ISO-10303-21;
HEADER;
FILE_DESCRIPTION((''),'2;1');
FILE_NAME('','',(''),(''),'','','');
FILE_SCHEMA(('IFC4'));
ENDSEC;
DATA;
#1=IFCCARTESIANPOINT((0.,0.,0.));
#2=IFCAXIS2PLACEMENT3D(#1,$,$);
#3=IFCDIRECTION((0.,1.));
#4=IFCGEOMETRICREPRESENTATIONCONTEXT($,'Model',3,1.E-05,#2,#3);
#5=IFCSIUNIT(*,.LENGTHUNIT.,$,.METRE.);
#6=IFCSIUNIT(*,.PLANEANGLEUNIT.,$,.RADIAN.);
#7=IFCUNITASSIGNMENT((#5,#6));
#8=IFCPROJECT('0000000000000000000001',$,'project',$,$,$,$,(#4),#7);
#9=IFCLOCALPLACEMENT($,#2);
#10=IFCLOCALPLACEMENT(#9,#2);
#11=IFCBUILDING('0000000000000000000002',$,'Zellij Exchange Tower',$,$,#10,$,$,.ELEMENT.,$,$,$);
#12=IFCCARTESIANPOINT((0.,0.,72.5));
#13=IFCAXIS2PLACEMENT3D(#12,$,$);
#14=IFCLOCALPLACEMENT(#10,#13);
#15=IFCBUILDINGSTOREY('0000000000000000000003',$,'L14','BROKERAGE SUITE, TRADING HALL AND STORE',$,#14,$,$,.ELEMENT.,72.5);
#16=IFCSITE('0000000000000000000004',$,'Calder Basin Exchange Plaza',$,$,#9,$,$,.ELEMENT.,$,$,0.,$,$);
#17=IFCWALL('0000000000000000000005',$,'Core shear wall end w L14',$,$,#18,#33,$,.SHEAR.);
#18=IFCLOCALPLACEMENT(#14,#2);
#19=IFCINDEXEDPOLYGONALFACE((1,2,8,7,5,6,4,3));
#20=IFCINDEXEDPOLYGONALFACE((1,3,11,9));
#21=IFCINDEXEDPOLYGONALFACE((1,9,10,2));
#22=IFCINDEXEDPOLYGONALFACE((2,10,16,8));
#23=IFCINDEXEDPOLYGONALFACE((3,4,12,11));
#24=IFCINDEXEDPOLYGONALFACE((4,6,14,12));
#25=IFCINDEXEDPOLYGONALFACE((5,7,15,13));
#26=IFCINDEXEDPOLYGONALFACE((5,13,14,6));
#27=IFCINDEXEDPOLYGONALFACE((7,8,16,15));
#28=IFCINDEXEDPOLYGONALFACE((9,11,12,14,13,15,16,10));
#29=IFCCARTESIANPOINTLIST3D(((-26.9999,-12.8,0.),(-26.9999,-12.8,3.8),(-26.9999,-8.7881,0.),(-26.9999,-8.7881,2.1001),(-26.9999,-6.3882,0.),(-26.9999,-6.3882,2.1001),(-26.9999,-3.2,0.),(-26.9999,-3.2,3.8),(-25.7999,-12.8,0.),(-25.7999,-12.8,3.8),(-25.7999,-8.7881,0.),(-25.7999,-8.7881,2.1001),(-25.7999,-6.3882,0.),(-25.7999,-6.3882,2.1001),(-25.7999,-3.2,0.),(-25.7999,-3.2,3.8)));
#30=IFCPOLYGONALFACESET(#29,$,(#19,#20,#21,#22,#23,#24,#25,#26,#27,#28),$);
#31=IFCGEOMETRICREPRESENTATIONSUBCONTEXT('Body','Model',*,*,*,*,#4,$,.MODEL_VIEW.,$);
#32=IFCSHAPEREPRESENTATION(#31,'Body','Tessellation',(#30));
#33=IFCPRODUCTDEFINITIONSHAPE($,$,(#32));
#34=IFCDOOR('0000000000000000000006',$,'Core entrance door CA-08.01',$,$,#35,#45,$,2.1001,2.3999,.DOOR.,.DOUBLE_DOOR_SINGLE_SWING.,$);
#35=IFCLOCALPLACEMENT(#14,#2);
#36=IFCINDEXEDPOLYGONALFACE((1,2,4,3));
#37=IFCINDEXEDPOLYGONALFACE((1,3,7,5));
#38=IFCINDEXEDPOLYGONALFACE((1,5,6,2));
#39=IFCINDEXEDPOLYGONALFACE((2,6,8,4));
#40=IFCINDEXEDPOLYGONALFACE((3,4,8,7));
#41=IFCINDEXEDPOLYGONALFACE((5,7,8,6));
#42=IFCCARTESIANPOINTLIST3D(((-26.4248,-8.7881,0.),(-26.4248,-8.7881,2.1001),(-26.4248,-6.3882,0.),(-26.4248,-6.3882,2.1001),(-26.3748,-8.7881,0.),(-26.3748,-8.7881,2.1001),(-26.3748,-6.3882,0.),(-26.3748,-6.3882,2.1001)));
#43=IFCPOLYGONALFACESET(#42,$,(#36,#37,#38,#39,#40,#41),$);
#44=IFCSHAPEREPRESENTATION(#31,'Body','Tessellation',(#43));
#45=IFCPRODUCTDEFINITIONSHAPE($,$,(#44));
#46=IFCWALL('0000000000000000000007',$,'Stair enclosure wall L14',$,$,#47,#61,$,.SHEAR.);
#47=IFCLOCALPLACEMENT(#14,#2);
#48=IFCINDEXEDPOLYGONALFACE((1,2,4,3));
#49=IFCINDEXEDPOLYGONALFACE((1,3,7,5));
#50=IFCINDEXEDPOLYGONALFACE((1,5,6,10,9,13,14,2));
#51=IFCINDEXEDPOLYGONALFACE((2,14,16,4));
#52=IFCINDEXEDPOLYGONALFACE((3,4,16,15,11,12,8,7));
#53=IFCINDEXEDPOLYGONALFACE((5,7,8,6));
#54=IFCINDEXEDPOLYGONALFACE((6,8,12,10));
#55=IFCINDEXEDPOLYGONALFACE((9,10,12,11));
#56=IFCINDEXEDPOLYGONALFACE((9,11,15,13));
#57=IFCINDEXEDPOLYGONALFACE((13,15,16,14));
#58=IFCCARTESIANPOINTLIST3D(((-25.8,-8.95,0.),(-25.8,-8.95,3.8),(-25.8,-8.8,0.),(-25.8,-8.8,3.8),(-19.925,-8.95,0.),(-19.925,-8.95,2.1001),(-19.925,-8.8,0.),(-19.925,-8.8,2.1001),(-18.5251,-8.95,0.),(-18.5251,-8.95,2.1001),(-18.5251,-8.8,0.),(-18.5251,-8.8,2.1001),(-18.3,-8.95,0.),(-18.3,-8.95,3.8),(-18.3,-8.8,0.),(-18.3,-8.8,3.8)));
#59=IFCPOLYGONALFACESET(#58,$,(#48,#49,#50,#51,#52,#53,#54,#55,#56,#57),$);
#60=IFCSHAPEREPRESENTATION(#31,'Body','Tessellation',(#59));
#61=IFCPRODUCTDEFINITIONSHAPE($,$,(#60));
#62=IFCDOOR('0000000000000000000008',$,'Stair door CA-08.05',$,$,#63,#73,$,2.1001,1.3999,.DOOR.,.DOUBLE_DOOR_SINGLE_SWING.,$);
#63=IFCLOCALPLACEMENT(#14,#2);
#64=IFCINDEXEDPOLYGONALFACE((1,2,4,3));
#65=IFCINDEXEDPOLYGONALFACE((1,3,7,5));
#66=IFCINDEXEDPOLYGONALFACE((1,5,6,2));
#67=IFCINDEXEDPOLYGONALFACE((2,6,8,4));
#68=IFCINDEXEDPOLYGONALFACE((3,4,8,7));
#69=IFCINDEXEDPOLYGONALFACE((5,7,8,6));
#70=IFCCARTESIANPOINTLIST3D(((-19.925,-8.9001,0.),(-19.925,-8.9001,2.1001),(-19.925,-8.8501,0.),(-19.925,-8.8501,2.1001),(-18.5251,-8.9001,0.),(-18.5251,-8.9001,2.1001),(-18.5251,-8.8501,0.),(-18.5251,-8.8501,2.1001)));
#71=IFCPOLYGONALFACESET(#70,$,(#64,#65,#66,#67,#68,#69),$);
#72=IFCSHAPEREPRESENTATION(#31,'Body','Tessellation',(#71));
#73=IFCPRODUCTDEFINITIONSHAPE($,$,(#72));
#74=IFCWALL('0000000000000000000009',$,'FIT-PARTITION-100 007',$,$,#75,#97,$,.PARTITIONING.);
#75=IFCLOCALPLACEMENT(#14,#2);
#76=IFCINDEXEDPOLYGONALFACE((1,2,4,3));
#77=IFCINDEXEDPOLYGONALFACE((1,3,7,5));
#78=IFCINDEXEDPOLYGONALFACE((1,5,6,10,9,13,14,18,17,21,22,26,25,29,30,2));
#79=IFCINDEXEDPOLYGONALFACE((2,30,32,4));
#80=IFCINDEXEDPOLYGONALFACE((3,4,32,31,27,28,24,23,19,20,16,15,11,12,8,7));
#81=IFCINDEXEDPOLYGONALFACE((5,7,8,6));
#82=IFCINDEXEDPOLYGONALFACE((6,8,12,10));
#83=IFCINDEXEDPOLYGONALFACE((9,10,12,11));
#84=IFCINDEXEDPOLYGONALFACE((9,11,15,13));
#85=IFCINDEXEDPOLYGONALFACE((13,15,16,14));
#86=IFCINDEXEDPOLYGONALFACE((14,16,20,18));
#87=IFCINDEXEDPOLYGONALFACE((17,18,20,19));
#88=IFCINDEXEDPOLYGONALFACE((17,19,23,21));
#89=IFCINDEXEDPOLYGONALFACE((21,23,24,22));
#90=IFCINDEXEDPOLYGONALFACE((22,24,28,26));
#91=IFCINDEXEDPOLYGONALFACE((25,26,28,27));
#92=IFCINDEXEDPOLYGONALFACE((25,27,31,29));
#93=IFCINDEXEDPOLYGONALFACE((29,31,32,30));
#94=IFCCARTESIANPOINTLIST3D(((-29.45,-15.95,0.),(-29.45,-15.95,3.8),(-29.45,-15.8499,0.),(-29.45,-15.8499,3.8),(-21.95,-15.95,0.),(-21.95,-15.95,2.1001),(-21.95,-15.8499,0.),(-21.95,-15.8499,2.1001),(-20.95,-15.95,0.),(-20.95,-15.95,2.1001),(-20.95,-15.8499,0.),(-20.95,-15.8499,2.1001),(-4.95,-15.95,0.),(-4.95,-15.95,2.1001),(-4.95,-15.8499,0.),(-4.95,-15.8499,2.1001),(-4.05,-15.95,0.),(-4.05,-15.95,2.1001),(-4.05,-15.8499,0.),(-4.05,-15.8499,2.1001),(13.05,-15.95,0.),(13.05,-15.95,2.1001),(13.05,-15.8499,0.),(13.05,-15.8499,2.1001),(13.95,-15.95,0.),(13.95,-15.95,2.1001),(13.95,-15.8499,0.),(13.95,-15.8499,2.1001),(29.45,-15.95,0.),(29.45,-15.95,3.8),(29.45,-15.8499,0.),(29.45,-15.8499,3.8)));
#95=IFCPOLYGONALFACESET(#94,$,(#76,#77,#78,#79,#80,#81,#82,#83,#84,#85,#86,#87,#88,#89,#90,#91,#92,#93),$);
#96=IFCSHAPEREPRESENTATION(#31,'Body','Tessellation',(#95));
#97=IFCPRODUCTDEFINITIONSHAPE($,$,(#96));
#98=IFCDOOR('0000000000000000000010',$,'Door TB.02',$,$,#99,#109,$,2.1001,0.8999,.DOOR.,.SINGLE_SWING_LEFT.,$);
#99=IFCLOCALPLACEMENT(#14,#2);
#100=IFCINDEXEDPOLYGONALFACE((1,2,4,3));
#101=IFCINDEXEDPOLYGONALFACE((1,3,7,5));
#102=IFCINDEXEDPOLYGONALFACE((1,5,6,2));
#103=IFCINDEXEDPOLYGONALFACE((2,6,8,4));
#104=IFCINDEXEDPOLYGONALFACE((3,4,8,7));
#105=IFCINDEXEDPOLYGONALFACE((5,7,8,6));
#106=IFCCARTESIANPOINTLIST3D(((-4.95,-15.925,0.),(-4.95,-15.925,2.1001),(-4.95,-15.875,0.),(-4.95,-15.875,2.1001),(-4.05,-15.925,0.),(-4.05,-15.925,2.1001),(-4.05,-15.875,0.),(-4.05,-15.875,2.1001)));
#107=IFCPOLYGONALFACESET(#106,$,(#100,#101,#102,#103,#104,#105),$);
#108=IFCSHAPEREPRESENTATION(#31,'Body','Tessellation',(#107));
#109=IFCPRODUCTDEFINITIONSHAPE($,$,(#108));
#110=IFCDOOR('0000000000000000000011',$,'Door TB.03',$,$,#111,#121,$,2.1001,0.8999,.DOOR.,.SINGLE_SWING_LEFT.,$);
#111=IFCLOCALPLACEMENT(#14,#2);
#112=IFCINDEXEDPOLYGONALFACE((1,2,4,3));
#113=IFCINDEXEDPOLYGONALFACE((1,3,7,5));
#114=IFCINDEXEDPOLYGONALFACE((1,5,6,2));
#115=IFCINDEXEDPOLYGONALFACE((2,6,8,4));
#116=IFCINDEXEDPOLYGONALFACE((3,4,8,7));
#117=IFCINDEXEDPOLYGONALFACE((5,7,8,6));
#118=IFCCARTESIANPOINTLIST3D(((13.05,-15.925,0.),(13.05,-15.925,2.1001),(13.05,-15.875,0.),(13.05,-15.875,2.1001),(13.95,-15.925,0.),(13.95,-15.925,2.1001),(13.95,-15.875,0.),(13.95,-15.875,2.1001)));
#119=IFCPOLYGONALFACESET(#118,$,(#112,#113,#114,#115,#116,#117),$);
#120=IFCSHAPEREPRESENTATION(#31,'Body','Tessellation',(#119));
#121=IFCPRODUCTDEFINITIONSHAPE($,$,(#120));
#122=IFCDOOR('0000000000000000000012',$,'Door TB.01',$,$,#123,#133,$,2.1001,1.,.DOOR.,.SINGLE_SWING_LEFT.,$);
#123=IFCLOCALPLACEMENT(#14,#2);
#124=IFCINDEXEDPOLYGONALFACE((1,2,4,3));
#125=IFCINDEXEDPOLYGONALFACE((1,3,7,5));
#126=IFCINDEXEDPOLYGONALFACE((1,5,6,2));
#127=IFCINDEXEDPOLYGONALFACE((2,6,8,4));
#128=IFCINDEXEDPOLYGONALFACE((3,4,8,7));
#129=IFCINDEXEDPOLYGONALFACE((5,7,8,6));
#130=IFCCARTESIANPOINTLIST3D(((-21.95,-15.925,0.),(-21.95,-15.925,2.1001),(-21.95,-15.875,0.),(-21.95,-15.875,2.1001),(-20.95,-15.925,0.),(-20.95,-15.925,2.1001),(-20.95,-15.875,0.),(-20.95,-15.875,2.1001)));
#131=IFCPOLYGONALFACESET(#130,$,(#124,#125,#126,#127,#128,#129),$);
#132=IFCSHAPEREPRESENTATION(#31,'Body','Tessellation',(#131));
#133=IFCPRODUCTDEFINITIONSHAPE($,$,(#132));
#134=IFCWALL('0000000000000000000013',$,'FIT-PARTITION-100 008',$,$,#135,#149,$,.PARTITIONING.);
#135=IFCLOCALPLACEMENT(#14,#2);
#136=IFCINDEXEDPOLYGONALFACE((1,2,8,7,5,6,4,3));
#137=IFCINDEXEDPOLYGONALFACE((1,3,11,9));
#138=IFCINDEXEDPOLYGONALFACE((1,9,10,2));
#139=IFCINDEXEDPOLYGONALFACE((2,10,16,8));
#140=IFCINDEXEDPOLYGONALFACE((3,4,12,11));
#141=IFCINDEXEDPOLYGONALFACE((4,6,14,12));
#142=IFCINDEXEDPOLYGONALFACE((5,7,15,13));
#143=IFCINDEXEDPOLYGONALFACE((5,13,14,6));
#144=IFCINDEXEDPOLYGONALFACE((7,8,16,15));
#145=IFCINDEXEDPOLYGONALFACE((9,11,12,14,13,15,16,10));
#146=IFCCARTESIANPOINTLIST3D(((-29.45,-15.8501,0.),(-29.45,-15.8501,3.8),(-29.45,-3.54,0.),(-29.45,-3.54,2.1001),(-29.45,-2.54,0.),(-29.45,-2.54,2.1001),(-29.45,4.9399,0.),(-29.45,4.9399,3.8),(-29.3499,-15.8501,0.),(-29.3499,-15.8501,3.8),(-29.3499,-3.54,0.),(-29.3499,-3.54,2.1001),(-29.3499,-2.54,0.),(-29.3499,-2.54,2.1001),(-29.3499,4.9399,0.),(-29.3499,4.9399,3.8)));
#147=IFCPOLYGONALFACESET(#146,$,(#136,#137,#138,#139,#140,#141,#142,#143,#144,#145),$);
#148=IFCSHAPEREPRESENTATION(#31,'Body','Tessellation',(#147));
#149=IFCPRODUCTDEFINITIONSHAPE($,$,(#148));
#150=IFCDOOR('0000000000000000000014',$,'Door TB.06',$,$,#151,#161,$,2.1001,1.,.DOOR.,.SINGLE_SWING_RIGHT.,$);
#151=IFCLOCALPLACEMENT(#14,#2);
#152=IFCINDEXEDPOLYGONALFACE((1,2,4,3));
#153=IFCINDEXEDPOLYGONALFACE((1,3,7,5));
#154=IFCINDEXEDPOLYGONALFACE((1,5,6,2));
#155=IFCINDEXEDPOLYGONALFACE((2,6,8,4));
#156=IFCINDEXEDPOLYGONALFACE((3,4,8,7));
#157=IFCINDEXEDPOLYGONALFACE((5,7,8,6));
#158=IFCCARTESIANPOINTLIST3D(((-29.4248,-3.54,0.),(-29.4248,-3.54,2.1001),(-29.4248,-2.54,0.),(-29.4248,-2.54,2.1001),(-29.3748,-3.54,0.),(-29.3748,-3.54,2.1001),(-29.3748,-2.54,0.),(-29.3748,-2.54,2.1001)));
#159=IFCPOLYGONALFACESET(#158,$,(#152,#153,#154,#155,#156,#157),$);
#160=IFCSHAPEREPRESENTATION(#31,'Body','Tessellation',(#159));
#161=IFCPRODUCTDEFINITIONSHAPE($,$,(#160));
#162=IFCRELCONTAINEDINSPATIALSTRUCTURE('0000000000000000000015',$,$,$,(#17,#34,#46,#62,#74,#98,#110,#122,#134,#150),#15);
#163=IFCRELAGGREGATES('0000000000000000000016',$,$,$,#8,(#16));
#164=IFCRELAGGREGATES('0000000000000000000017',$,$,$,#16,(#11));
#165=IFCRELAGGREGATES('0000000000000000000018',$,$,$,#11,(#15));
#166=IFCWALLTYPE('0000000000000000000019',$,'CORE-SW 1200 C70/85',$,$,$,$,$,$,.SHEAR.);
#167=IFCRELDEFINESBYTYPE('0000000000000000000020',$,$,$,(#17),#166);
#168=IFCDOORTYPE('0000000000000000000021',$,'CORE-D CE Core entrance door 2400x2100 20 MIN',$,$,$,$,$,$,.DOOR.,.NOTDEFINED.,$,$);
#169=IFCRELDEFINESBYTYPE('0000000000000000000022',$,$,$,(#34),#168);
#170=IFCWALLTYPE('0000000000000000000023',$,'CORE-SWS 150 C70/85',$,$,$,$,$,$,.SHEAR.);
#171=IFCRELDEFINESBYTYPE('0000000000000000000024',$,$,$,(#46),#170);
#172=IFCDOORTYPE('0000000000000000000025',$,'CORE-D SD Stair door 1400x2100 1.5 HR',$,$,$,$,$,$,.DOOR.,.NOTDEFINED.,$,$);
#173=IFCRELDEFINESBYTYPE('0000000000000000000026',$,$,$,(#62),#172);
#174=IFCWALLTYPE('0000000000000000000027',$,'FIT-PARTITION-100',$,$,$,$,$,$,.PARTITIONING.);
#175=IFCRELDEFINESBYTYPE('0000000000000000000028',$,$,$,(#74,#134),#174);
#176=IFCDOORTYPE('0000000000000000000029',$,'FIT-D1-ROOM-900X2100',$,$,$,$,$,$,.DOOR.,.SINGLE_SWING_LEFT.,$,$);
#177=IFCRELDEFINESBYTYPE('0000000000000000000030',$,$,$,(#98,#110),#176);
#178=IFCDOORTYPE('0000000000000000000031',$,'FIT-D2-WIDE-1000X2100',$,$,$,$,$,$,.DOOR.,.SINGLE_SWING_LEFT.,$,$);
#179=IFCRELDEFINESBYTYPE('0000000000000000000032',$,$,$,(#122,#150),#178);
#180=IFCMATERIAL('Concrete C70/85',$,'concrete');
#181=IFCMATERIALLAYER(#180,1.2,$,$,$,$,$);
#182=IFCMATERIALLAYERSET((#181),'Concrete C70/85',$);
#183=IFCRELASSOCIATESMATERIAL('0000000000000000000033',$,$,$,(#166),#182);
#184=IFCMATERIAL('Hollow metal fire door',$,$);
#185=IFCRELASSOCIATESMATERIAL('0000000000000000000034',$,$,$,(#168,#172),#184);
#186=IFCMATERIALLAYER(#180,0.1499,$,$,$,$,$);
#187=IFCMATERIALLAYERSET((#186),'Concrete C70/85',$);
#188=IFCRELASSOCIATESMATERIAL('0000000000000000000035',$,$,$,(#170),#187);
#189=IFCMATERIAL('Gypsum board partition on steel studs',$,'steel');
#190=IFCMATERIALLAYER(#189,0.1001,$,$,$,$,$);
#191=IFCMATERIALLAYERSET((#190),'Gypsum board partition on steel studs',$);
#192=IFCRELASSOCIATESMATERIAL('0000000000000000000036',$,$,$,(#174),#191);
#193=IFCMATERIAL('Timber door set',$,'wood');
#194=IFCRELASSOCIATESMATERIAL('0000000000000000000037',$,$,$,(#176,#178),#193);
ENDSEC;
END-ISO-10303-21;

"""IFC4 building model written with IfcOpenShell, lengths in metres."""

from ifc_helpers import new_model, si_unit, direction, frame, frame_2d, origin, place, context, subcontext, project, spatial, rectangle, extrude, material, layer, layer_set, type_object, element, fill, save


model = new_model("IFC4")

# Units and contexts
model_context = context("Model", 3, precision=1e-05, world=origin(), true_north=direction((0.0, 1.0)))
body_context = subcontext(model_context, "Body", "Model", "MODEL_VIEW")
ifc_project = project(units=[si_unit("LENGTHUNIT", "METRE"), si_unit("PLANEANGLEUNIT", "RADIAN")], contexts=[model_context])

# Site, building, storey
site_placement = place(None, origin())
site = spatial("IfcSite", under=ifc_project, at=site_placement, Name="Calder Basin Exchange Plaza", CompositionType="ELEMENT", RefElevation=0.0)
building_placement = place(site_placement, origin())
building = spatial("IfcBuilding", under=site, at=building_placement, Name="Zellij Exchange Tower", CompositionType="ELEMENT")
storey_placement = place(building_placement, frame((0.0, 0.0, 72.5)))
storey = spatial("IfcBuildingStorey", under=building, at=storey_placement, Name="L14", Description="BROKERAGE SUITE, TRADING HALL AND STORE", CompositionType="ELEMENT", Elevation=72.5)

# Shared definitions
ifc_material_1 = material(Name="Concrete C70/85", Category="concrete")

# Shared definitions
ifc_layer_1 = layer(ifc_material_1, 1.2)
ifc_layer_set_1 = layer_set([ifc_layer_1], Name="Concrete C70/85")
wall_type_1 = type_object("IfcWallType", Name="CORE-SW 1200 C70/85", PredefinedType="SHEAR", material=ifc_layer_set_1)
ifc_material_2 = material(Name="Hollow metal fire door")

# Walls, openings, doors
wall_1_placement = place(storey_placement, frame((-26.3999, -12.8, 0.0), z_axis=(0.0, 0.0, 1.0), x_axis=(0.0, 1.0, 0.0)))
wall_1 = element("IfcWall", 1, at=wall_1_placement, inside=storey, type_object=wall_type_1, Name="Core shear wall end w L14", PredefinedType="SHEAR", context=body_context, shape_type="SweptSolid", body=[
    extrude(rectangle(XDim=9.6001, YDim=1.2, at=frame_2d((4.8, 0.0))), origin(), (0.0, 0.0, 1.0), 3.8),
])
opening_1_placement = place(wall_1_placement, frame((4.012, 0.0, 0.0)))
opening_1 = element("IfcOpeningElement", 2, at=opening_1_placement, cuts=wall_1, PredefinedType="OPENING", context=body_context, shape_type="SweptSolid", body=[
    extrude(rectangle(XDim=2.3999, YDim=2.1001, at=frame_2d((1.2, 1.05))), frame((0.0, 0.6118, 0.0), z_axis=(0.0, -1.0, 0.0), x_axis=(1.0, 0.0, 0.0)), (0.0, 0.0, 1.0), 1.2239),
])
door_type_1 = type_object("IfcDoorType", Name="CORE-D CE Core entrance door 2400x2100 20 MIN", OperationType="NOTDEFINED", PredefinedType="DOOR", material=ifc_material_2)
door_1_placement = place(opening_1_placement, origin())
door_1 = element("IfcDoor", 3, at=door_1_placement, inside=storey, type_object=door_type_1, Name="Core entrance door CA-08.01", OperationType="DOUBLE_DOOR_SINGLE_SWING", OverallHeight=2.1001, OverallWidth=2.3999, PredefinedType="DOOR", context=body_context, shape_type="SweptSolid", body=[
    extrude(rectangle(XDim=2.3999, YDim=2.1001, at=frame_2d((1.2, 1.05))), frame((0.0, 0.0249, 0.0), z_axis=(0.0, -1.0, 0.0), x_axis=(1.0, 0.0, 0.0)), (0.0, 0.0, 1.0), 0.05),
])
fill(opening_1, door_1)
ifc_layer_2 = layer(ifc_material_1, 0.1499)
ifc_layer_set_2 = layer_set([ifc_layer_2], Name="Concrete C70/85")
wall_type_2 = type_object("IfcWallType", Name="CORE-SWS 150 C70/85", PredefinedType="SHEAR", material=ifc_layer_set_2)
wall_2_placement = place(storey_placement, frame((-25.8, -8.875, 0.0), z_axis=(0.0, 0.0, 1.0), x_axis=(1.0, 0.0, 0.0)))
wall_2 = element("IfcWall", 4, at=wall_2_placement, inside=storey, type_object=wall_type_2, Name="Stair enclosure wall L14", PredefinedType="SHEAR", context=body_context, shape_type="SweptSolid", body=[
    extrude(rectangle(XDim=7.5, YDim=0.1499, at=frame_2d((3.75, 0.0))), origin(), (0.0, 0.0, 1.0), 3.8),
])
opening_2_placement = place(wall_2_placement, frame((5.875, 0.0, 0.0)))
opening_2 = element("IfcOpeningElement", 5, at=opening_2_placement, cuts=wall_2, PredefinedType="OPENING", context=body_context, shape_type="SweptSolid", body=[
    extrude(rectangle(XDim=1.3999, YDim=2.1001, at=frame_2d((0.7, 1.05))), frame((0.0, 0.0869, 0.0), z_axis=(0.0, -1.0, 0.0), x_axis=(1.0, 0.0, 0.0)), (0.0, 0.0, 1.0), 0.1738),
])
door_type_2 = type_object("IfcDoorType", Name="CORE-D SD Stair door 1400x2100 1.5 HR", OperationType="NOTDEFINED", PredefinedType="DOOR", material=ifc_material_2)
door_2_placement = place(opening_2_placement, origin())
door_2 = element("IfcDoor", 6, at=door_2_placement, inside=storey, type_object=door_type_2, Name="Stair door CA-08.05", OperationType="DOUBLE_DOOR_SINGLE_SWING", OverallHeight=2.1001, OverallWidth=1.3999, PredefinedType="DOOR", context=body_context, shape_type="SweptSolid", body=[
    extrude(rectangle(XDim=1.3999, YDim=2.1001, at=frame_2d((0.7, 1.05))), frame((0.0, 0.0249, 0.0), z_axis=(0.0, -1.0, 0.0), x_axis=(1.0, 0.0, 0.0)), (0.0, 0.0, 1.0), 0.05),
])
fill(opening_2, door_2)

# Wall, openings, doors
ifc_material_3 = material(Name="Gypsum board partition on steel studs", Category="steel")
ifc_layer_3 = layer(ifc_material_3, 0.1001)
ifc_layer_set_3 = layer_set([ifc_layer_3], Name="Gypsum board partition on steel studs")
wall_type_3 = type_object("IfcWallType", Name="FIT-PARTITION-100", PredefinedType="PARTITIONING", material=ifc_layer_set_3)
wall_3_placement = place(storey_placement, frame((-29.45, -15.8999, 0.0), z_axis=(0.0, 0.0, 1.0), x_axis=(1.0, 0.0, 0.0)))
wall_3 = element("IfcWall", 7, at=wall_3_placement, inside=storey, type_object=wall_type_3, Name="FIT-PARTITION-100 007", PredefinedType="PARTITIONING", context=body_context, shape_type="SweptSolid", body=[
    extrude(rectangle(XDim=58.8999, YDim=0.1001, at=frame_2d((29.45, 0.0))), origin(), (0.0, 0.0, 1.0), 3.8),
])
opening_3_placement = place(wall_3_placement, frame((7.5, 0.0, 0.0)))
opening_3 = element("IfcOpeningElement", 8, at=opening_3_placement, cuts=wall_3, PredefinedType="OPENING", context=body_context, shape_type="SweptSolid", body=[
    extrude(rectangle(XDim=1.0, YDim=2.1001, at=frame_2d((0.5, 1.05))), frame((0.0, 0.062, 0.0), z_axis=(0.0, -1.0, 0.0), x_axis=(1.0, 0.0, 0.0)), (0.0, 0.0, 1.0), 0.124),
])
opening_4_placement = place(wall_3_placement, frame((24.5, 0.0, 0.0)))
opening_4 = element("IfcOpeningElement", 9, at=opening_4_placement, cuts=wall_3, PredefinedType="OPENING", context=body_context, shape_type="SweptSolid", body=[
    extrude(rectangle(XDim=0.8999, YDim=2.1001, at=frame_2d((0.45, 1.05))), frame((0.0, 0.062, 0.0), z_axis=(0.0, -1.0, 0.0), x_axis=(1.0, 0.0, 0.0)), (0.0, 0.0, 1.0), 0.124),
])
opening_5_placement = place(wall_3_placement, frame((42.5, 0.0, 0.0)))
opening_5 = element("IfcOpeningElement", 10, at=opening_5_placement, cuts=wall_3, PredefinedType="OPENING", context=body_context, shape_type="SweptSolid", body=[
    extrude(rectangle(XDim=0.8999, YDim=2.1001, at=frame_2d((0.45, 1.05))), frame((0.0, 0.062, 0.0), z_axis=(0.0, -1.0, 0.0), x_axis=(1.0, 0.0, 0.0)), (0.0, 0.0, 1.0), 0.124),
])
ifc_material_4 = material(Name="Timber door set", Category="wood")
door_type_3 = type_object("IfcDoorType", Name="FIT-D1-ROOM-900X2100", OperationType="SINGLE_SWING_LEFT", PredefinedType="DOOR", material=ifc_material_4)
door_3_placement = place(opening_4_placement, origin())
door_3 = element("IfcDoor", 11, at=door_3_placement, inside=storey, type_object=door_type_3, Name="Door TB.02", OperationType="SINGLE_SWING_LEFT", OverallHeight=2.1001, OverallWidth=0.8999, PredefinedType="DOOR", context=body_context, shape_type="SweptSolid", body=[
    extrude(rectangle(XDim=0.8999, YDim=2.1001, at=frame_2d((0.45, 1.05))), frame((0.0, 0.0249, 0.0), z_axis=(0.0, -1.0, 0.0), x_axis=(1.0, 0.0, 0.0)), (0.0, 0.0, 1.0), 0.05),
])
fill(opening_4, door_3)
door_4_placement = place(opening_5_placement, origin())
door_4 = element("IfcDoor", 12, at=door_4_placement, inside=storey, type_object=door_type_3, Name="Door TB.03", OperationType="SINGLE_SWING_LEFT", OverallHeight=2.1001, OverallWidth=0.8999, PredefinedType="DOOR", context=body_context, shape_type="SweptSolid", body=[
    extrude(rectangle(XDim=0.8999, YDim=2.1001, at=frame_2d((0.45, 1.05))), frame((0.0, 0.0249, 0.0), z_axis=(0.0, -1.0, 0.0), x_axis=(1.0, 0.0, 0.0)), (0.0, 0.0, 1.0), 0.05),
])
fill(opening_5, door_4)
door_type_4 = type_object("IfcDoorType", Name="FIT-D2-WIDE-1000X2100", OperationType="SINGLE_SWING_LEFT", PredefinedType="DOOR", material=ifc_material_4)
door_5_placement = place(opening_3_placement, origin())
door_5 = element("IfcDoor", 13, at=door_5_placement, inside=storey, type_object=door_type_4, Name="Door TB.01", OperationType="SINGLE_SWING_LEFT", OverallHeight=2.1001, OverallWidth=1.0, PredefinedType="DOOR", context=body_context, shape_type="SweptSolid", body=[
    extrude(rectangle(XDim=1.0, YDim=2.1001, at=frame_2d((0.5, 1.05))), frame((0.0, 0.0249, 0.0), z_axis=(0.0, -1.0, 0.0), x_axis=(1.0, 0.0, 0.0)), (0.0, 0.0, 1.0), 0.05),
])
fill(opening_3, door_5)

# Wall, opening, door
wall_4_placement = place(storey_placement, frame((-29.3999, -15.8501, 0.0), z_axis=(0.0, 0.0, 1.0), x_axis=(0.0, 1.0, 0.0)))
wall_4 = element("IfcWall", 14, at=wall_4_placement, inside=storey, type_object=wall_type_3, Name="FIT-PARTITION-100 008", PredefinedType="PARTITIONING", context=body_context, shape_type="SweptSolid", body=[
    extrude(rectangle(XDim=20.79, YDim=0.1001, at=frame_2d((10.395, 0.0))), origin(), (0.0, 0.0, 1.0), 3.8),
])
opening_6_placement = place(wall_4_placement, frame((12.3101, 0.0, 0.0)))
opening_6 = element("IfcOpeningElement", 15, at=opening_6_placement, cuts=wall_4, PredefinedType="OPENING", context=body_context, shape_type="SweptSolid", body=[
    extrude(rectangle(XDim=1.0, YDim=2.1001, at=frame_2d((0.5, 1.05))), frame((0.0, 0.062, 0.0), z_axis=(0.0, -1.0, 0.0), x_axis=(1.0, 0.0, 0.0)), (0.0, 0.0, 1.0), 0.124),
])
door_6_placement = place(opening_6_placement, origin())
door_6 = element("IfcDoor", 16, at=door_6_placement, inside=storey, type_object=door_type_4, Name="Door TB.06", OperationType="SINGLE_SWING_RIGHT", OverallHeight=2.1001, OverallWidth=1.0, PredefinedType="DOOR", context=body_context, shape_type="SweptSolid", body=[
    extrude(rectangle(XDim=1.0, YDim=2.1001, at=frame_2d((0.5, 1.05))), frame((0.0, 0.0249, 0.0), z_axis=(0.0, -1.0, 0.0), x_axis=(1.0, 0.0, 0.0)), (0.0, 0.0, 1.0), 0.05),
])
fill(opening_6, door_6)

save(model, "model.ifc")
